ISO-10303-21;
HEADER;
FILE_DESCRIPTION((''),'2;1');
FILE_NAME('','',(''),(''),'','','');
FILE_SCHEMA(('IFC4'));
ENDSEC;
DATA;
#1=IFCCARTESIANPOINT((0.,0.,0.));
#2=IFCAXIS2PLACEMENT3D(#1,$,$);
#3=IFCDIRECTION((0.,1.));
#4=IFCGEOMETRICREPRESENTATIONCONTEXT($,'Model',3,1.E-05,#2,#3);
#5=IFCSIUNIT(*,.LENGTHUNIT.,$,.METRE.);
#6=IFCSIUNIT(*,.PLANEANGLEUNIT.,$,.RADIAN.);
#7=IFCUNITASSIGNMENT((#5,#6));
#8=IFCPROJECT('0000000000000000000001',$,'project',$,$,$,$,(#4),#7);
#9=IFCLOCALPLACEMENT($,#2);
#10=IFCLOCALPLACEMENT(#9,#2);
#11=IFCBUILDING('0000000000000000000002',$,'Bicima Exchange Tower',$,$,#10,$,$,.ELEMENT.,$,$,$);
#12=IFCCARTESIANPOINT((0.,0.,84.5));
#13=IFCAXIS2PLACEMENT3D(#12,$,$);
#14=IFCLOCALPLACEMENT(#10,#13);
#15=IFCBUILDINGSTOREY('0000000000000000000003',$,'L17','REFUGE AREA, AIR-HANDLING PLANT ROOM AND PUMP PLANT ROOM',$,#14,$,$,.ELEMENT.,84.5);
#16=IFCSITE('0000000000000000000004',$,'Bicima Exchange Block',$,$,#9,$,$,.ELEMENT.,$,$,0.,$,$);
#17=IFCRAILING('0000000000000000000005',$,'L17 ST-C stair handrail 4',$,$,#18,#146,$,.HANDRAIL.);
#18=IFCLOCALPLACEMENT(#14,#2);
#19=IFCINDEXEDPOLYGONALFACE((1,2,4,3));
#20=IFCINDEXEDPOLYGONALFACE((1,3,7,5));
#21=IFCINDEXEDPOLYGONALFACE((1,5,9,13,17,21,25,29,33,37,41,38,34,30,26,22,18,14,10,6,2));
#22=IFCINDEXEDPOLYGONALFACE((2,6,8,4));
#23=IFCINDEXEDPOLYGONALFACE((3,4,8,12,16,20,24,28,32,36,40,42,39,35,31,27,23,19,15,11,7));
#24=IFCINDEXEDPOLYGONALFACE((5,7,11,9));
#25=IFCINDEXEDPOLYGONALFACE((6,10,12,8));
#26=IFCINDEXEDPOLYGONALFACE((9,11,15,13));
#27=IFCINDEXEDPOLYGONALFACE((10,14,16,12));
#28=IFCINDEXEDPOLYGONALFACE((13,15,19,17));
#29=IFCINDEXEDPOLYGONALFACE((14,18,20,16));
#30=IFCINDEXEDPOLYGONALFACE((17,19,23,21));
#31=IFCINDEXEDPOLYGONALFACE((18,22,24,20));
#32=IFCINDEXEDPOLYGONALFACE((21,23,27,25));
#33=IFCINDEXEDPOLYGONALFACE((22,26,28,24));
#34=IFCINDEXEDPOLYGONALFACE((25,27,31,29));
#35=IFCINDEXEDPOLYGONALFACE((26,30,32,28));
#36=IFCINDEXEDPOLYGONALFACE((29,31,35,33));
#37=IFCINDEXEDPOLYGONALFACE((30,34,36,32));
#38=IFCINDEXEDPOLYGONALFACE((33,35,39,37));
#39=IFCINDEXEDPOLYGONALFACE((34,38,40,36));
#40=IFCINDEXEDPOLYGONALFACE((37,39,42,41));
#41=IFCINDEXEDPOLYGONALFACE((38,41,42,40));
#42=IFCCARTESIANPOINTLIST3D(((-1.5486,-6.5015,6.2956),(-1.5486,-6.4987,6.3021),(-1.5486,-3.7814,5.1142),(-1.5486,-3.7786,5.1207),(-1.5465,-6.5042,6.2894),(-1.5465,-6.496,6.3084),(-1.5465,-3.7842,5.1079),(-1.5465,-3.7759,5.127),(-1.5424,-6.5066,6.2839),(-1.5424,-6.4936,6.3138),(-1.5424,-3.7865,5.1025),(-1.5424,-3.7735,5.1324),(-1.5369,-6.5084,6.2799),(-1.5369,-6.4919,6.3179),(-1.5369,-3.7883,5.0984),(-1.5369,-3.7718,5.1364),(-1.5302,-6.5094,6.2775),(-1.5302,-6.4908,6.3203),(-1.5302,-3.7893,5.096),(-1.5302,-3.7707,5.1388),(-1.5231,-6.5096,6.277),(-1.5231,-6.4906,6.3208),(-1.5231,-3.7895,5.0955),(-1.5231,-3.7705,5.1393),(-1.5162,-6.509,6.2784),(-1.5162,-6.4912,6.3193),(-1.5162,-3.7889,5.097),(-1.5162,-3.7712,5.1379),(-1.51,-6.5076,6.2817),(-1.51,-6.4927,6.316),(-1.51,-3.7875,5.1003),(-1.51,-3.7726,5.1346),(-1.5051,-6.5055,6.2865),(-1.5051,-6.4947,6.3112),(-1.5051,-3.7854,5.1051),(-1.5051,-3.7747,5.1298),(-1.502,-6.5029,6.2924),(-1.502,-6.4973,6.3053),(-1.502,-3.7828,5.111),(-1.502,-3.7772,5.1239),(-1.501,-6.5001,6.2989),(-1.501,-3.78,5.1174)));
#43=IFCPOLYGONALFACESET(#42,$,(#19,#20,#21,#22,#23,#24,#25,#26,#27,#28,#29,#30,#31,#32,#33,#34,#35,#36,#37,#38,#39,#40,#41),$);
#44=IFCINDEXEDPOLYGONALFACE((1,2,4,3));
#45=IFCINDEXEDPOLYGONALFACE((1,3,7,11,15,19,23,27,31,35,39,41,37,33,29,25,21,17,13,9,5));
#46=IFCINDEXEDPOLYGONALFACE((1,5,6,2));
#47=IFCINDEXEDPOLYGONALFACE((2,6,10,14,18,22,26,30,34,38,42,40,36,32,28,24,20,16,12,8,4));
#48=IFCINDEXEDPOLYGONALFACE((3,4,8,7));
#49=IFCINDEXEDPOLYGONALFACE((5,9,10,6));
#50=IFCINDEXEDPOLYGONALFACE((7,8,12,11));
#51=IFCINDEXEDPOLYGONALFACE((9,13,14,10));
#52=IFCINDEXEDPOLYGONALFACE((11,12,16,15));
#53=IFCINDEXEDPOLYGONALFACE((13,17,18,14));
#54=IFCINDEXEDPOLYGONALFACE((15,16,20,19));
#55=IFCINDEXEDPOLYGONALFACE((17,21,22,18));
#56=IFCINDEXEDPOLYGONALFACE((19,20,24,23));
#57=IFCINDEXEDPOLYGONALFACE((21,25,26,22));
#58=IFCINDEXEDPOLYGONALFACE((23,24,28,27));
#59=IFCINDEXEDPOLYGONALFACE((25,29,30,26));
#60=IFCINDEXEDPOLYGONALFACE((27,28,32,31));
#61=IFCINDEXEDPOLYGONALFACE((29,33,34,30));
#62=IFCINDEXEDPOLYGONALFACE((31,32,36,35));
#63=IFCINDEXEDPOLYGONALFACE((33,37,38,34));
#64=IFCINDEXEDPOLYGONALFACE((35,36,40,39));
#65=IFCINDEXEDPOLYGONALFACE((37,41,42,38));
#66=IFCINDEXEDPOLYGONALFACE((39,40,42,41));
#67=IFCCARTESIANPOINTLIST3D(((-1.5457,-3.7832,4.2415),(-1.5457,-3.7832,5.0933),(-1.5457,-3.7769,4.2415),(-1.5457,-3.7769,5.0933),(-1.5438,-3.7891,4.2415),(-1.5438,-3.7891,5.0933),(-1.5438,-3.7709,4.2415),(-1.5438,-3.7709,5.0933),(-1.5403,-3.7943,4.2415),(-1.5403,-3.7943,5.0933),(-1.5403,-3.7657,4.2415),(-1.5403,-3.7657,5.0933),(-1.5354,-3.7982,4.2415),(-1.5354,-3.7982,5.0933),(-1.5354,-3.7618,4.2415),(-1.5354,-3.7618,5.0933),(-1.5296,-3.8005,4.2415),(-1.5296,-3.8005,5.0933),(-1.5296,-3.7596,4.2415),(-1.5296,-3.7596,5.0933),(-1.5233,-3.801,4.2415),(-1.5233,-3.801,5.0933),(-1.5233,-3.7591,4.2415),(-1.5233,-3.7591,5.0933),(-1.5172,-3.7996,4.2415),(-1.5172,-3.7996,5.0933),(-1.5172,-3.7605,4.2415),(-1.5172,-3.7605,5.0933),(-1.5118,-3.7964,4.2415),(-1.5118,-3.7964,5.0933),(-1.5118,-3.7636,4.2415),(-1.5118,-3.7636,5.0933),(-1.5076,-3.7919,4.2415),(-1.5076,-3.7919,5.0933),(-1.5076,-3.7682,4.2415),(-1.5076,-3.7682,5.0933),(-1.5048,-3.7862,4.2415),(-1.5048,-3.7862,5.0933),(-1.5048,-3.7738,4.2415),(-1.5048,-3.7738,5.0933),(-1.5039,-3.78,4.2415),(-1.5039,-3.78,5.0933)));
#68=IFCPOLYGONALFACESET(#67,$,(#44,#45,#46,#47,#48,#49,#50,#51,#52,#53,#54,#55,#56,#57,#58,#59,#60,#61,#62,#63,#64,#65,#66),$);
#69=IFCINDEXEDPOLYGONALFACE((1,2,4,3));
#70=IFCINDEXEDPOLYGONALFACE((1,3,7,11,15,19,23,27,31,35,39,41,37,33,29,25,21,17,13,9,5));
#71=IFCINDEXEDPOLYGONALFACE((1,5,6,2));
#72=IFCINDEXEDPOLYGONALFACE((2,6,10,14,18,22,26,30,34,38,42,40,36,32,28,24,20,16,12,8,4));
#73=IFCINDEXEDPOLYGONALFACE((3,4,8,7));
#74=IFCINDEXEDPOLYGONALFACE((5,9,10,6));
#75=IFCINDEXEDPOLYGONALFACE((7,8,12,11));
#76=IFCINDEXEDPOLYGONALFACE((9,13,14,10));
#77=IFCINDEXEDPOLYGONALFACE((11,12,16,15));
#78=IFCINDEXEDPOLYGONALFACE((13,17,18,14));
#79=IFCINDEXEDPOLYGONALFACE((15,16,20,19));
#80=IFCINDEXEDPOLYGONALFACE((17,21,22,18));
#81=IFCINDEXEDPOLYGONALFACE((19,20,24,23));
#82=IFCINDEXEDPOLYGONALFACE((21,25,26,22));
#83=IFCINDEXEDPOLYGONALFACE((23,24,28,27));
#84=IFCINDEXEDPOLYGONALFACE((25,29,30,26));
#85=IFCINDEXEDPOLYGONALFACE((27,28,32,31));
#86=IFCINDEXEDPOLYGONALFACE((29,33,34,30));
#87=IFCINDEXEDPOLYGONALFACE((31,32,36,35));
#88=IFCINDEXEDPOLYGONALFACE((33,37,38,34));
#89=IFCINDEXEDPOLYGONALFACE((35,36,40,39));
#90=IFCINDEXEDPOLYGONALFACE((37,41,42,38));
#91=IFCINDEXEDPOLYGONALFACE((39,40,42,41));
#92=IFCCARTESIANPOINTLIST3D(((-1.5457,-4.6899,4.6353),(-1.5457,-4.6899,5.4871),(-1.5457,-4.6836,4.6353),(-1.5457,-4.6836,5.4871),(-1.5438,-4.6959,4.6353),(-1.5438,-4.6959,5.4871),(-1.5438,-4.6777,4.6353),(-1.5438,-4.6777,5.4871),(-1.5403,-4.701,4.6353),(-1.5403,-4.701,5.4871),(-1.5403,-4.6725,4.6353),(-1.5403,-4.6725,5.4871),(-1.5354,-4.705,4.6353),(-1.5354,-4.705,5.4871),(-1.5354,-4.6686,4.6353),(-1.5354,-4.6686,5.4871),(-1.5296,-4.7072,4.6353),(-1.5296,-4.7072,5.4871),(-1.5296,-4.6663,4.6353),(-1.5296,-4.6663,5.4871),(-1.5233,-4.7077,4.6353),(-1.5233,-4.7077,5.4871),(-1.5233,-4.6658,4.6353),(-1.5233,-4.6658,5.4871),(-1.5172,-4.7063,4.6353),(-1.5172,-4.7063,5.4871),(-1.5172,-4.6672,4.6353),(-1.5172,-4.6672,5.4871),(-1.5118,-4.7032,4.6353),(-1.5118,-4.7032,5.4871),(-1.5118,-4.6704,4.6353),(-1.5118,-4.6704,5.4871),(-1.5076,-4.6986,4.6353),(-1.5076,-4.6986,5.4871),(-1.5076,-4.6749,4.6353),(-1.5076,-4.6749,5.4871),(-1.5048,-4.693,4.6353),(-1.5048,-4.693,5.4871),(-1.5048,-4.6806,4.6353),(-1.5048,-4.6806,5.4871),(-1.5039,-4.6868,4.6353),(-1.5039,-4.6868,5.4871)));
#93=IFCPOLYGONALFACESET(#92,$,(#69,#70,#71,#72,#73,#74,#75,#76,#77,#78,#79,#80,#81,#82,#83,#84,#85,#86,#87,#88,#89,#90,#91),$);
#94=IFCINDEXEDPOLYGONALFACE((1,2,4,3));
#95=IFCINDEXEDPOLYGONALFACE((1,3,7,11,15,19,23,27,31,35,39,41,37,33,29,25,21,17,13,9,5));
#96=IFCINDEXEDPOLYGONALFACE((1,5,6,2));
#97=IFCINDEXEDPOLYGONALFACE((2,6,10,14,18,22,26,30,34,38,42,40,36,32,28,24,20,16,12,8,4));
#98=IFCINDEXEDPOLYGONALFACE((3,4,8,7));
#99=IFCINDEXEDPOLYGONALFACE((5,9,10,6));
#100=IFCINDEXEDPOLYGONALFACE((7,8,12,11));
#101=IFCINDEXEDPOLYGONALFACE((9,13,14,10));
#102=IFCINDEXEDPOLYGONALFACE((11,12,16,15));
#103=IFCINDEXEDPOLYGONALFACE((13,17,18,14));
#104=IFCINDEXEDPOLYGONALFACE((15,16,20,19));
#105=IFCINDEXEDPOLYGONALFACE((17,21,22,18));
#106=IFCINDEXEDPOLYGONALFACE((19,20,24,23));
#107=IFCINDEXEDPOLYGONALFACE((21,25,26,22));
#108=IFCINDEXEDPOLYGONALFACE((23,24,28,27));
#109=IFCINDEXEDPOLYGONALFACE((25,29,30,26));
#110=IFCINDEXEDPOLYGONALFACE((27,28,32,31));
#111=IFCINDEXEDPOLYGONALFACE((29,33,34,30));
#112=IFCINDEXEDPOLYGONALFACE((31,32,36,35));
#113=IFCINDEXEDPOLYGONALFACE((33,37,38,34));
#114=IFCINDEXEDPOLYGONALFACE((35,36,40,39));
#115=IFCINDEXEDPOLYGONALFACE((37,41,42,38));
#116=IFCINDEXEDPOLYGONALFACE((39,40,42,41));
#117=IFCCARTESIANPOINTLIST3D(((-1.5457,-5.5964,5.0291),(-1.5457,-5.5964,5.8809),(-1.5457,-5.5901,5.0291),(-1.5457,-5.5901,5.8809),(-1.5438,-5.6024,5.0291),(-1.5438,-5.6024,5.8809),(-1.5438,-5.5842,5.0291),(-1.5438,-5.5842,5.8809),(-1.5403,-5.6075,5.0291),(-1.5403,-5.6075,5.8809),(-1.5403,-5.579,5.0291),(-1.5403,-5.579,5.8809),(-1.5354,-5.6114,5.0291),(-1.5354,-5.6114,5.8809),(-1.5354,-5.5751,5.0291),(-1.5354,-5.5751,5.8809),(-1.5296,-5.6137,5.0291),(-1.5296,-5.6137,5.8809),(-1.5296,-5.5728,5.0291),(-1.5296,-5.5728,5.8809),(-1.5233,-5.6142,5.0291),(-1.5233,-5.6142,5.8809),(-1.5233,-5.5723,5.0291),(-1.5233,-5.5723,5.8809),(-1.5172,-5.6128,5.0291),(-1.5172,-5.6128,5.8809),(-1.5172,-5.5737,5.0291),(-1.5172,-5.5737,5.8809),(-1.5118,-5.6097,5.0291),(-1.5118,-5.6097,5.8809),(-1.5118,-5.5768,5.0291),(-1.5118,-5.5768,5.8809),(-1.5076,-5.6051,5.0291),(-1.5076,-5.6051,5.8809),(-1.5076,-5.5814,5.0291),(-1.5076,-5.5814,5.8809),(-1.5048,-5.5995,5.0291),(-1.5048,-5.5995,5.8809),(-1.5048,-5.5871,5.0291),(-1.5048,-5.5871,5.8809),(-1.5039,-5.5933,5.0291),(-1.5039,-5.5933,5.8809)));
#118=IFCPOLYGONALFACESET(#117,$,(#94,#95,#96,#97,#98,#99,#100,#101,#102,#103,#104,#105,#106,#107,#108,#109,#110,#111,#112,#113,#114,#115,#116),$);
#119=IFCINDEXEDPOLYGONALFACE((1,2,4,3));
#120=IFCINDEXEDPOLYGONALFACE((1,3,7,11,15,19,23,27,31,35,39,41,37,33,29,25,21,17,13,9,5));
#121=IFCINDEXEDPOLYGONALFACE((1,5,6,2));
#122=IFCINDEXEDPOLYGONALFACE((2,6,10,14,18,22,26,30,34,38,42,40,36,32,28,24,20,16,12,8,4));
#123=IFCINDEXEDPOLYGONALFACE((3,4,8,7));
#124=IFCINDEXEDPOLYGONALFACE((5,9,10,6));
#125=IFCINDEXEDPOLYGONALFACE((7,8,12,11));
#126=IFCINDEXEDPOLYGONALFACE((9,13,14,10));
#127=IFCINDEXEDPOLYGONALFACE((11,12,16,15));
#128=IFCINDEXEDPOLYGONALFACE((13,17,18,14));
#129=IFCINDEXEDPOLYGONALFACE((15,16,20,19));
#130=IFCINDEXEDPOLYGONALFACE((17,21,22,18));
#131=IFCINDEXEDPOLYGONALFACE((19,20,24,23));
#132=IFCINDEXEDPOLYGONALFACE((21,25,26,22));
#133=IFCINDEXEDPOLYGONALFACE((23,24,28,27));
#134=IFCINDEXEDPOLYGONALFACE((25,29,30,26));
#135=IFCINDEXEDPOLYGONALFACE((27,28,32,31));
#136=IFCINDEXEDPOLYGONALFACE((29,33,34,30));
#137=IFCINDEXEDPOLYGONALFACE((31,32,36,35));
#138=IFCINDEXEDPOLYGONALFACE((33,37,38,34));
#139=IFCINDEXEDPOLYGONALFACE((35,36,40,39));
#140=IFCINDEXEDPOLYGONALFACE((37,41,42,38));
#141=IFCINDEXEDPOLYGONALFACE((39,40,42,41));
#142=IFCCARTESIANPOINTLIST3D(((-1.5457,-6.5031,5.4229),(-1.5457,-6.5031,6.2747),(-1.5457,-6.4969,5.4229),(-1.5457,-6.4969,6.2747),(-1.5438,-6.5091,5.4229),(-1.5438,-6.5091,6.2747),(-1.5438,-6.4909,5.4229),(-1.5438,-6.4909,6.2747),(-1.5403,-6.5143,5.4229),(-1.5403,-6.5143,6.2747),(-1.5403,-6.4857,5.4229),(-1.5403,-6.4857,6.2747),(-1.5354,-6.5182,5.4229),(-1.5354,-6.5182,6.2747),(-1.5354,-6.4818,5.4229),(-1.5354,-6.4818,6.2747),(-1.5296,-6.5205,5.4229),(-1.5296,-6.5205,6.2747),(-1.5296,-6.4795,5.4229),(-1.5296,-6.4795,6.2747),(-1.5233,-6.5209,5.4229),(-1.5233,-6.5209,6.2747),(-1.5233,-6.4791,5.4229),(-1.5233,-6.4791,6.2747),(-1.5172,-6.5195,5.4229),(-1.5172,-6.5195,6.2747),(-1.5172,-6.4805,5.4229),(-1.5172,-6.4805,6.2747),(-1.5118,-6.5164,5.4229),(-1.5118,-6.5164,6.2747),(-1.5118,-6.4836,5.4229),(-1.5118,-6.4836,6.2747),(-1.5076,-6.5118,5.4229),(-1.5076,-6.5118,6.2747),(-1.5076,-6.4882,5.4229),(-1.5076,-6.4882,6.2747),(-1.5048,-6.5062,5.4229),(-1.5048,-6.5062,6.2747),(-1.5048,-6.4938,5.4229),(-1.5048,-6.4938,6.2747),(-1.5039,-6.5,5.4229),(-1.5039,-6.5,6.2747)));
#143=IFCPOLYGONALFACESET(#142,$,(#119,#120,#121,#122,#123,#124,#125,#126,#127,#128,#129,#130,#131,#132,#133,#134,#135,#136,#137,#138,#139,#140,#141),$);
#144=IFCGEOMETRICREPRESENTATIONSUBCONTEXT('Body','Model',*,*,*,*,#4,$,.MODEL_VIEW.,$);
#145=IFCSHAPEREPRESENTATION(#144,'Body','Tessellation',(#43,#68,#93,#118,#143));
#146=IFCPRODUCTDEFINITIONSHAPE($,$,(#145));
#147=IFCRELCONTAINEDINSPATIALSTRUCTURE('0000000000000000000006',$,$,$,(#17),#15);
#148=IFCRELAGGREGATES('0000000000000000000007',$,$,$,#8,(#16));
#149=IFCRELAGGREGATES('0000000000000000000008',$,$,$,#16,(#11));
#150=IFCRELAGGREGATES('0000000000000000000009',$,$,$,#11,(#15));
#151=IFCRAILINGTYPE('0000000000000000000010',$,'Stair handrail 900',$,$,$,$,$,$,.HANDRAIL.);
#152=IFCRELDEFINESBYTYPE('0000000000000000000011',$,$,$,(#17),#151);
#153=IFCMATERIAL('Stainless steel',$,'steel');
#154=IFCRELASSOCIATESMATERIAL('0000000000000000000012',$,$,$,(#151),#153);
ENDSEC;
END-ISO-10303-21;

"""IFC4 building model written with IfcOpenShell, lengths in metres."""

from ifc_helpers import new_model, si_unit, direction, frame, origin, origin_2d, place, context, subcontext, project, spatial, circle, extrude, material, type_object, element, save


model = new_model("IFC4")

# Units and contexts
model_context = context("Model", 3, precision=1e-05, world=origin(), true_north=direction((0.0, 1.0)))
body_context = subcontext(model_context, "Body", "Model", "MODEL_VIEW")
ifc_project = project(units=[si_unit("LENGTHUNIT", "METRE"), si_unit("PLANEANGLEUNIT", "RADIAN")], contexts=[model_context])

# Site, building, storey
site_placement = place(None, origin())
site = spatial("IfcSite", under=ifc_project, at=site_placement, Name="Bicima Exchange Block", CompositionType="ELEMENT", RefElevation=0.0)
building_placement = place(site_placement, origin())
building = spatial("IfcBuilding", under=site, at=building_placement, Name="Bicima Exchange Tower", CompositionType="ELEMENT")
storey_placement = place(building_placement, frame((0.0, 0.0, 84.5)))
storey = spatial("IfcBuildingStorey", under=building, at=storey_placement, Name="L17", Description="REFUGE AREA, AIR-HANDLING PLANT ROOM AND PUMP PLANT ROOM", CompositionType="ELEMENT", Elevation=84.5)

# Railing
ifc_material_1 = material(Name="Stainless steel", Category="steel")
railing_type = type_object("IfcRailingType", Name="Stair handrail 900", PredefinedType="HANDRAIL", material=ifc_material_1)
railing_1_placement = place(storey_placement, frame((-1.5249, -3.78, 4.2415)))
element("IfcRailing", 1, at=railing_1_placement, inside=storey, type_object=railing_type, Name="L17 ST-C stair handrail 4", PredefinedType="HANDRAIL", context=body_context, shape_type="SweptSolid", body=[
    extrude(circle(Radius=0.0239, at=origin_2d()), frame((0.0, 0.0, 0.876), z_axis=(0.0, -0.917218, 0.398386), x_axis=(1.0, 0.0, 0.0)), (0.0, 0.0, 1.0), 2.9656),
    extrude(circle(Radius=0.021, at=origin_2d()), origin(), (0.0, 0.0, 1.0), 0.8518),
    extrude(circle(Radius=0.021, at=origin_2d()), frame((0.0, -0.9067, 0.3938)), (0.0, 0.0, 1.0), 0.8518),
    extrude(circle(Radius=0.021, at=origin_2d()), frame((0.0, -1.8132, 0.7876)), (0.0, 0.0, 1.0), 0.8518),
    extrude(circle(Radius=0.021, at=origin_2d()), frame((0.0, -2.72, 1.1814)), (0.0, 0.0, 1.0), 0.8518),
])

save(model, "model.ifc")
